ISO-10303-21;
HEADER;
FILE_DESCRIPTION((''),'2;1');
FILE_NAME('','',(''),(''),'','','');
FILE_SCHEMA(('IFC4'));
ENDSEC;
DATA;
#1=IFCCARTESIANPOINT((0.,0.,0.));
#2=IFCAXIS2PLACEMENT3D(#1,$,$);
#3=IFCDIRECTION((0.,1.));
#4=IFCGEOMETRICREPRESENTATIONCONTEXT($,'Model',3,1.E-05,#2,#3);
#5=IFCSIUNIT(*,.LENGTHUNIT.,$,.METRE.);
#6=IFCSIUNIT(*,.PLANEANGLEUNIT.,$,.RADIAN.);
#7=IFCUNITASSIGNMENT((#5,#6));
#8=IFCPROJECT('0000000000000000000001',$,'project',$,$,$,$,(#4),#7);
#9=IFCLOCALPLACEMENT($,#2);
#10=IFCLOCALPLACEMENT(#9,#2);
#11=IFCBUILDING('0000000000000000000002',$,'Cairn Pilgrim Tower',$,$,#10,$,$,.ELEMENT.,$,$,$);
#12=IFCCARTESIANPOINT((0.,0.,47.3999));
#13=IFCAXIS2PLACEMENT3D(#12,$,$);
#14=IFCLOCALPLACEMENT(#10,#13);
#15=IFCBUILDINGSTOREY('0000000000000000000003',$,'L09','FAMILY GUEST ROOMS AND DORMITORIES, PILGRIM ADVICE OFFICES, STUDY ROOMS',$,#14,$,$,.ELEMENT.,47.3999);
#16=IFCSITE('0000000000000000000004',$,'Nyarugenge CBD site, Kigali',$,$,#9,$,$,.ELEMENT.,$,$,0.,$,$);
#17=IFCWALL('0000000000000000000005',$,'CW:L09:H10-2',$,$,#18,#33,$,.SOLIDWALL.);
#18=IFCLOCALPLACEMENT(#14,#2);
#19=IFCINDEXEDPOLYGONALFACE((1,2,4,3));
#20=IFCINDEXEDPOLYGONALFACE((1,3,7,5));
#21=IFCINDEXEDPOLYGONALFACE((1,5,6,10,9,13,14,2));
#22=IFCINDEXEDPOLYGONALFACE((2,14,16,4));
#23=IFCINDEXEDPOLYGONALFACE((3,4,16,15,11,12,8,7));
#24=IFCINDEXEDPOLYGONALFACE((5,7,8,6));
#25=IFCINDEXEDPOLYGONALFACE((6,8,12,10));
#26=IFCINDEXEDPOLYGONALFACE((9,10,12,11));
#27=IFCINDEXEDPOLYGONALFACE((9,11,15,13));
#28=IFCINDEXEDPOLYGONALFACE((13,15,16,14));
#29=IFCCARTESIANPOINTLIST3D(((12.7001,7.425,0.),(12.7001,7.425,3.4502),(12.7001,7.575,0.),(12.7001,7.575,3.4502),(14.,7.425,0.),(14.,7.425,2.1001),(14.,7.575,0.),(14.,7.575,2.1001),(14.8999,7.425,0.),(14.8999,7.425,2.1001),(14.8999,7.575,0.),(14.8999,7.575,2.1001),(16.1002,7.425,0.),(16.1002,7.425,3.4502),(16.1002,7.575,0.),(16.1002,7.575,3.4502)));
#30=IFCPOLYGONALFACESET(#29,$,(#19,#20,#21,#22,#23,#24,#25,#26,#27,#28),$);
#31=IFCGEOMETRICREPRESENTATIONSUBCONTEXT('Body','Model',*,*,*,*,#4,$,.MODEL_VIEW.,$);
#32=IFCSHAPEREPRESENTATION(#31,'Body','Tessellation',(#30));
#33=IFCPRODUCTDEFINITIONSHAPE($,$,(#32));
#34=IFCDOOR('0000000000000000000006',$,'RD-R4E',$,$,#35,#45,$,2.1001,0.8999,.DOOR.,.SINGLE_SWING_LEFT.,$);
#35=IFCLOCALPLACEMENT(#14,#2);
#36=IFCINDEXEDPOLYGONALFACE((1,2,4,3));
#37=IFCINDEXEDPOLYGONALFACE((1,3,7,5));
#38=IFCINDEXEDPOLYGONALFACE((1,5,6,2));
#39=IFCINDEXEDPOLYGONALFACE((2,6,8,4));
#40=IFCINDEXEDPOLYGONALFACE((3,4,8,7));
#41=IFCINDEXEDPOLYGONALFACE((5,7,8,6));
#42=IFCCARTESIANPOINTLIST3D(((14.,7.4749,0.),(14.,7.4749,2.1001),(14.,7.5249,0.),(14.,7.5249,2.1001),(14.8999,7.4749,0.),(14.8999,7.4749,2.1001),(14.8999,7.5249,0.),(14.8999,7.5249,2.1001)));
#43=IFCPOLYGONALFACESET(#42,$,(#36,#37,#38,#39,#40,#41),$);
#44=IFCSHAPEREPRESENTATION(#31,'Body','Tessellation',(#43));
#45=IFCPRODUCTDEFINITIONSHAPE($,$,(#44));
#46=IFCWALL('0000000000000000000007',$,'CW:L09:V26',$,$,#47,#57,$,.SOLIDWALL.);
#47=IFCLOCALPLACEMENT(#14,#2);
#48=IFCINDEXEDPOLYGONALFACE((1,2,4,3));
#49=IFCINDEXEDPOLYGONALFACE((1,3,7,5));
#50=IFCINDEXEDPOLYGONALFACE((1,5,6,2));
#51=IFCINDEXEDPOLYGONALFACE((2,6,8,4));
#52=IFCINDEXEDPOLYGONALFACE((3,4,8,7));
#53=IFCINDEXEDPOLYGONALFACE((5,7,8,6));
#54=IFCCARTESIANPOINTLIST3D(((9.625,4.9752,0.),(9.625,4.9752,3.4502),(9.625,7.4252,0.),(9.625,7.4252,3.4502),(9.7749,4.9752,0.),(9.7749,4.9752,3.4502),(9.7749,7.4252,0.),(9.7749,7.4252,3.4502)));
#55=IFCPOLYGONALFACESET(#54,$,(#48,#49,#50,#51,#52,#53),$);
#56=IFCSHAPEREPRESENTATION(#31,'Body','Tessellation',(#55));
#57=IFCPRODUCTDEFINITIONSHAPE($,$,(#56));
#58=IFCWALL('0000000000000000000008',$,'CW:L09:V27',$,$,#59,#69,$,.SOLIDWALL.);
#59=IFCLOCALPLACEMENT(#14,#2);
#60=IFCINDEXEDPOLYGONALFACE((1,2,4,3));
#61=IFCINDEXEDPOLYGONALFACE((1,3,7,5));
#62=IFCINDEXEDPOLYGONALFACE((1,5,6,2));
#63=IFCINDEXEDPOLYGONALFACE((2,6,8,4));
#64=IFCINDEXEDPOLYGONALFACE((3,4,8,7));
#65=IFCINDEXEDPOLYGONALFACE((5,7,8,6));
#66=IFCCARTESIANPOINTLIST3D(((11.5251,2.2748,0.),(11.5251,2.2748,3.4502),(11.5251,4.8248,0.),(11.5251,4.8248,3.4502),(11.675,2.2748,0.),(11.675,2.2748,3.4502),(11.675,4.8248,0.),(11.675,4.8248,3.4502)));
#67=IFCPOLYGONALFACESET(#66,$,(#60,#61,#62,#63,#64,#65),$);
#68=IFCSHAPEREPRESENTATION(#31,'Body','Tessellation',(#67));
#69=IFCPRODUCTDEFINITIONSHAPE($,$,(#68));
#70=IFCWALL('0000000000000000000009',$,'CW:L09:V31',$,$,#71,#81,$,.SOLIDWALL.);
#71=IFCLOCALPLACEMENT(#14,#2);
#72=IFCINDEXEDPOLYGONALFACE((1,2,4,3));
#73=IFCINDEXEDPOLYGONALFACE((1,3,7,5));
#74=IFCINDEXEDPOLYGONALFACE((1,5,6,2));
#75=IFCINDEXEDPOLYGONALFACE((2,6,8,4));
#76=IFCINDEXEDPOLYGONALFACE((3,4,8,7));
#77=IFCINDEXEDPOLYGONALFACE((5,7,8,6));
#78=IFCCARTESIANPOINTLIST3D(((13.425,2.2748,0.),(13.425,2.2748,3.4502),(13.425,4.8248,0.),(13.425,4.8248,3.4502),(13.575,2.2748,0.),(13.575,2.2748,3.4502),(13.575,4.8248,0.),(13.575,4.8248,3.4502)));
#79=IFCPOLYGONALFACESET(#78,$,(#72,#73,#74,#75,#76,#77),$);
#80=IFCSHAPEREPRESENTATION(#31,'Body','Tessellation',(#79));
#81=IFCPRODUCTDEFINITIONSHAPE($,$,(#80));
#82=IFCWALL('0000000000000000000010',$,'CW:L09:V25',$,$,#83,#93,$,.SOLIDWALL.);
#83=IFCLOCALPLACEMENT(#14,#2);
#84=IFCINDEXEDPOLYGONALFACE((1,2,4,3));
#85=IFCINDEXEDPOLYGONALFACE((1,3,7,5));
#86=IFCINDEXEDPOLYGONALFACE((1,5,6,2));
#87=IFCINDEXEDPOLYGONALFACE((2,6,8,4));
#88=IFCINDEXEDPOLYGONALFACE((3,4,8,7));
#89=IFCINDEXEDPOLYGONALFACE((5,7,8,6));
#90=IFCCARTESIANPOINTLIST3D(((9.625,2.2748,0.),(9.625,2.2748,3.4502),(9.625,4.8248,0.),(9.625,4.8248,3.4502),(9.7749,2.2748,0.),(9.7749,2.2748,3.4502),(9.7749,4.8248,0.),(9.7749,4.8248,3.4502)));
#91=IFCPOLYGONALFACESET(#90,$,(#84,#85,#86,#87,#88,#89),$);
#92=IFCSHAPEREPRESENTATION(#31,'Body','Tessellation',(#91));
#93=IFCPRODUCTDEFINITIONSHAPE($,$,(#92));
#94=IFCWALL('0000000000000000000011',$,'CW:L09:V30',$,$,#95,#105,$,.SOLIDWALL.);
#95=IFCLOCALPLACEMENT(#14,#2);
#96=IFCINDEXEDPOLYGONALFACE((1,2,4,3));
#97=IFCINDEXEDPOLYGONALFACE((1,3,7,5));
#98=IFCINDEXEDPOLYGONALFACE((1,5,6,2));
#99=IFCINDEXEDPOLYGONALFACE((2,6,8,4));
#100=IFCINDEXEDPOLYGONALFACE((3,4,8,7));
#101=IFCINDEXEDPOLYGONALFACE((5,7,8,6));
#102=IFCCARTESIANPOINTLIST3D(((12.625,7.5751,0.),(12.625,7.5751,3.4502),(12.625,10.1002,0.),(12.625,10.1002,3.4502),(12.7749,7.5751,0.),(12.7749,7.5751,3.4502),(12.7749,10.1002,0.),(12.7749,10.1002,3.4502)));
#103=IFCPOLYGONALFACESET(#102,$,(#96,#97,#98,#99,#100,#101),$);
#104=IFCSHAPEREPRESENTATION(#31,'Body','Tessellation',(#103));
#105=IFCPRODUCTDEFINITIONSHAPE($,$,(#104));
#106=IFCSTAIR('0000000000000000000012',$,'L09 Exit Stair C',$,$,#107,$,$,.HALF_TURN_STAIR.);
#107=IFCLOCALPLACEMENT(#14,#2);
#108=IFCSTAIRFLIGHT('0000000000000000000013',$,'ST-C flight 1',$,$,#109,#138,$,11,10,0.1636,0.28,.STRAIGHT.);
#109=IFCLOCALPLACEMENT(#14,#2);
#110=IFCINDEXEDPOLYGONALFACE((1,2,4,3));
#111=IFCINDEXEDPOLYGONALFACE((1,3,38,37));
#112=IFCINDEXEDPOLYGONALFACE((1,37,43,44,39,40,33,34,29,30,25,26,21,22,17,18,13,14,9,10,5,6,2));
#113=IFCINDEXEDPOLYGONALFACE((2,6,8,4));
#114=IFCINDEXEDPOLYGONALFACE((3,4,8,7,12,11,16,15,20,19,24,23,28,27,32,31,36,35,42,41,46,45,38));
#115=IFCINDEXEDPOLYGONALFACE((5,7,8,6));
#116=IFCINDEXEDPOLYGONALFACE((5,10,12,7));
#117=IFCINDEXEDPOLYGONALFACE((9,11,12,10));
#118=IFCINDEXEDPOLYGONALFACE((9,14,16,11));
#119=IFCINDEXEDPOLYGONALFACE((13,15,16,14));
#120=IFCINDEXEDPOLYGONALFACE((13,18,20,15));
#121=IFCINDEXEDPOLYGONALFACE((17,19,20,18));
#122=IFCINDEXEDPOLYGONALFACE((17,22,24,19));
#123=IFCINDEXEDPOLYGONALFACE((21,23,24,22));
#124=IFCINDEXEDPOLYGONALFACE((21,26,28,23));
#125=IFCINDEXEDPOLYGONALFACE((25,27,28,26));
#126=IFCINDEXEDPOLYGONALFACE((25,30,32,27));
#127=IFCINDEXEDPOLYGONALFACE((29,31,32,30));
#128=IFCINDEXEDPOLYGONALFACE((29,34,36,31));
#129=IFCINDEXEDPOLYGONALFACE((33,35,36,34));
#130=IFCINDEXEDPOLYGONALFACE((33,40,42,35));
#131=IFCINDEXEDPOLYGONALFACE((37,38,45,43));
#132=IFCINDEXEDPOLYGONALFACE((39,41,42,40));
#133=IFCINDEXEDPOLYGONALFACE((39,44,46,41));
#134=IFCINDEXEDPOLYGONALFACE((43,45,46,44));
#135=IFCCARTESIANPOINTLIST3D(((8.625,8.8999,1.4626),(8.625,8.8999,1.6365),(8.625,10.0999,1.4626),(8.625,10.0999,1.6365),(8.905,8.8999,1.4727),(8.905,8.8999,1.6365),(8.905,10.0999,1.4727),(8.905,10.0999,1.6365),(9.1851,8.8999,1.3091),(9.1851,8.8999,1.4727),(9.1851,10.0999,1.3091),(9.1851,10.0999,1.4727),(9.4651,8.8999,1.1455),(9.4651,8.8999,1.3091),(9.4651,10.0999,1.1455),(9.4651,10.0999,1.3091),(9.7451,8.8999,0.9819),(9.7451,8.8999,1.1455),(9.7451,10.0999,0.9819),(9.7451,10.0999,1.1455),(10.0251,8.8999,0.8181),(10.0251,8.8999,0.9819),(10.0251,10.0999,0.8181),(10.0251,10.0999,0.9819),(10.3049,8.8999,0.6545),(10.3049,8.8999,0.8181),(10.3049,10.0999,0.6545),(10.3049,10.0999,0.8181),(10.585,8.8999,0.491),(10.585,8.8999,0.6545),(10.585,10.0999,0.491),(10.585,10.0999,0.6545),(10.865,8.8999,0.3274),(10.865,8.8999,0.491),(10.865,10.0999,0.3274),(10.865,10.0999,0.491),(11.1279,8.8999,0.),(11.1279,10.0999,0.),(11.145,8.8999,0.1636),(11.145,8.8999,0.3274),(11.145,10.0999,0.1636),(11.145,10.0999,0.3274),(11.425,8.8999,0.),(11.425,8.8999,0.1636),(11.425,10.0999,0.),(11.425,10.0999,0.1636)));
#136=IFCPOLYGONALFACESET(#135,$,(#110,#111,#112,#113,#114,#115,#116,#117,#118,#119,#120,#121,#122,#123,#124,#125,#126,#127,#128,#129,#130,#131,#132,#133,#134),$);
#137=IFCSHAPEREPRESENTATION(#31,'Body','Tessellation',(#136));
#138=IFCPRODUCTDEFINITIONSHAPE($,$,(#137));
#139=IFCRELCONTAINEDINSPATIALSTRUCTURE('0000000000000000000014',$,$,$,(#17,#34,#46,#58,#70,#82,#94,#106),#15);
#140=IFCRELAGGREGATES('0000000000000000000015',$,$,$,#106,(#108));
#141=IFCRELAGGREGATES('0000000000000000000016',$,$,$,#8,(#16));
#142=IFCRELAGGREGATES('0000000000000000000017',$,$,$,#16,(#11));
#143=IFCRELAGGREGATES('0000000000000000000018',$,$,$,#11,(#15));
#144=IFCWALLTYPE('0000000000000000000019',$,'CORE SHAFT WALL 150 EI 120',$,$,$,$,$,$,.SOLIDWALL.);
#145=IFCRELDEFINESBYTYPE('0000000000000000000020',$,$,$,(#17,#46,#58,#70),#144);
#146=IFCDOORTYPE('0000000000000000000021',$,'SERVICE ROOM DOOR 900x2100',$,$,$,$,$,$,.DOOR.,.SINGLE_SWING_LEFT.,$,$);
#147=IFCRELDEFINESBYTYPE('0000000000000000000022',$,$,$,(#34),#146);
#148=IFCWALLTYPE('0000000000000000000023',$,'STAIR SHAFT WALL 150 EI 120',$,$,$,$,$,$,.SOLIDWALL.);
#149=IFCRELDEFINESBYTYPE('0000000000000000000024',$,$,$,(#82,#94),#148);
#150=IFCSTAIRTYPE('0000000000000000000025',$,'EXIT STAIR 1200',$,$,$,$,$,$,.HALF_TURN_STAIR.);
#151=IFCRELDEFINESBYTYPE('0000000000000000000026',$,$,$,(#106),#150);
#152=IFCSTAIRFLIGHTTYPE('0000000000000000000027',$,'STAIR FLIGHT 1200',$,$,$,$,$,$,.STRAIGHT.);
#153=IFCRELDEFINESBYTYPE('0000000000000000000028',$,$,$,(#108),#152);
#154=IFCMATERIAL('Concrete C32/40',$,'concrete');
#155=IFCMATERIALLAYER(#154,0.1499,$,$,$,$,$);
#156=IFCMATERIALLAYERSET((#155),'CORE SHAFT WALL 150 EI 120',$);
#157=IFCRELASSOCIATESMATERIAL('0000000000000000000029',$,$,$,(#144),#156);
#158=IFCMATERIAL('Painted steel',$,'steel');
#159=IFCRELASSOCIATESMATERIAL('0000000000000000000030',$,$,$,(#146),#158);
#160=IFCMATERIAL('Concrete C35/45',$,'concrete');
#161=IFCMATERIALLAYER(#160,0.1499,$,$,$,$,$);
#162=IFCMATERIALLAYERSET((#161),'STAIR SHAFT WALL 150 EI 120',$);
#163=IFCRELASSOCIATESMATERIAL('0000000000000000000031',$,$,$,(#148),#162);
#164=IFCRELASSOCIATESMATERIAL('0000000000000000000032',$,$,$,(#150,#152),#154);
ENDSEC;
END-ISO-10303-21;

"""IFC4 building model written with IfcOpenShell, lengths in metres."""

from ifc_helpers import new_model, si_unit, direction, frame, frame_2d, origin, place, context, subcontext, project, spatial, polyline, rectangle, outline, extrude, material, layer, layer_set, type_object, element, fill, aggregate, save


model = new_model("IFC4")

# Units and contexts
model_context = context("Model", 3, precision=1e-05, world=origin(), true_north=direction((0.0, 1.0)))
body_context = subcontext(model_context, "Body", "Model", "MODEL_VIEW")
ifc_project = project(units=[si_unit("LENGTHUNIT", "METRE"), si_unit("PLANEANGLEUNIT", "RADIAN")], contexts=[model_context])

# Site, building, storey
site_placement = place(None, origin())
site = spatial("IfcSite", under=ifc_project, at=site_placement, Name="Nyarugenge CBD site, Kigali", CompositionType="ELEMENT", RefElevation=0.0)
building_placement = place(site_placement, origin())
building = spatial("IfcBuilding", under=site, at=building_placement, Name="Cairn Pilgrim Tower", CompositionType="ELEMENT")
storey_placement = place(building_placement, frame((0.0, 0.0, 47.3999)))
storey = spatial("IfcBuildingStorey", under=building, at=storey_placement, Name="L09", Description="FAMILY GUEST ROOMS AND DORMITORIES, PILGRIM ADVICE OFFICES, STUDY ROOMS", CompositionType="ELEMENT", Elevation=47.3999)

# Shared definitions
ifc_material_1 = material(Name="Concrete C32/40", Category="concrete")
ifc_layer_1 = layer(ifc_material_1, 0.1499)
ifc_layer_set_1 = layer_set([ifc_layer_1], Name="CORE SHAFT WALL 150 EI 120")
wall_type_1 = type_object("IfcWallType", Name="CORE SHAFT WALL 150 EI 120", PredefinedType="SOLIDWALL", material=ifc_layer_set_1)

# Shared definitions
ifc_material_2 = material(Name="Painted steel", Category="steel")
door_type_1 = type_object("IfcDoorType", Name="SERVICE ROOM DOOR 900x2100", OperationType="SINGLE_SWING_LEFT", PredefinedType="DOOR", material=ifc_material_2)

# Wall, opening, door
wall_1_placement = place(storey_placement, frame((12.7, 7.5, 0.0), z_axis=(0.0, 0.0, 1.0), x_axis=(1.0, 0.0, 0.0)))
wall_1 = element("IfcWall", 1, at=wall_1_placement, inside=storey, type_object=wall_type_1, Name="CW:L09:H10-2", PredefinedType="SOLIDWALL", context=body_context, shape_type="SweptSolid", body=[
    extrude(rectangle(XDim=3.4001, YDim=0.1499, at=frame_2d((1.7002, 0.0))), origin(), (0.0, 0.0, 1.0), 3.4502),
])
opening_1_placement = place(wall_1_placement, frame((1.3, 0.0, 0.0)))
opening_1 = element("IfcOpeningElement", 2, at=opening_1_placement, cuts=wall_1, PredefinedType="OPENING", context=body_context, shape_type="SweptSolid", body=[
    extrude(rectangle(XDim=0.8999, YDim=2.1001, at=frame_2d((0.45, 1.05))), frame((0.0, 0.085, 0.0), z_axis=(0.0, -1.0, 0.0), x_axis=(1.0, 0.0, 0.0)), (0.0, 0.0, 1.0), 0.1699),
])
door_1_placement = place(opening_1_placement, origin())
door_1 = element("IfcDoor", 3, at=door_1_placement, inside=storey, type_object=door_type_1, Name="RD-R4E", OperationType="SINGLE_SWING_LEFT", OverallHeight=2.1001, OverallWidth=0.8999, PredefinedType="DOOR", context=body_context, shape_type="SweptSolid", body=[
    extrude(rectangle(XDim=0.8999, YDim=2.1001, at=frame_2d((0.45, 1.05))), frame((0.0, 0.0249, 0.0), z_axis=(0.0, -1.0, 0.0), x_axis=(1.0, 0.0, 0.0)), (0.0, 0.0, 1.0), 0.05),
])
fill(opening_1, door_1)

# Walls
wall_2_placement = place(storey_placement, frame((9.7, 4.9751, 0.0), z_axis=(0.0, 0.0, 1.0), x_axis=(0.0, 1.0, 0.0)))
element("IfcWall", 4, at=wall_2_placement, inside=storey, type_object=wall_type_1, Name="CW:L09:V26", PredefinedType="SOLIDWALL", context=body_context, shape_type="SweptSolid", body=[
    extrude(rectangle(XDim=2.45, YDim=0.1499, at=frame_2d((1.2251, 0.0))), origin(), (0.0, 0.0, 1.0), 3.4502),
])
for number, where, z_axis, x_axis, name in (
    (5, (11.6001, 2.2749, 0.0), (0.0, 0.0, 1.0), (0.0, 1.0, 0.0), "CW:L09:V27"),
    (6, (13.5, 2.2749, 0.0), (0.0, 0.0, 1.0), (0.0, 1.0, 0.0), "CW:L09:V31"),
):
    element("IfcWall", number, at=place(storey_placement, frame(where, z_axis=z_axis, x_axis=x_axis)), inside=storey, type_object=wall_type_1, Name=name, PredefinedType="SOLIDWALL", context=body_context, shape_type="SweptSolid", body=[
        extrude(rectangle(XDim=2.55, YDim=0.1499, at=frame_2d((1.2749, 0.0))), origin(), (0.0, 0.0, 1.0), 3.4502),
    ])
ifc_material_3 = material(Name="Concrete C35/45", Category="concrete")
ifc_layer_2 = layer(ifc_material_3, 0.1499)
ifc_layer_set_2 = layer_set([ifc_layer_2], Name="STAIR SHAFT WALL 150 EI 120")
wall_type_2 = type_object("IfcWallType", Name="STAIR SHAFT WALL 150 EI 120", PredefinedType="SOLIDWALL", material=ifc_layer_set_2)
wall_3_placement = place(storey_placement, frame((9.7, 2.2749, 0.0), z_axis=(0.0, 0.0, 1.0), x_axis=(0.0, 1.0, 0.0)))
element("IfcWall", 7, at=wall_3_placement, inside=storey, type_object=wall_type_2, Name="CW:L09:V25", PredefinedType="SOLIDWALL", context=body_context, shape_type="SweptSolid", body=[
    extrude(rectangle(XDim=2.55, YDim=0.1499, at=frame_2d((1.2749, 0.0))), origin(), (0.0, 0.0, 1.0), 3.4502),
])
wall_4_placement = place(storey_placement, frame((12.7, 7.575, 0.0), z_axis=(0.0, 0.0, 1.0), x_axis=(0.0, 1.0, 0.0)))
element("IfcWall", 8, at=wall_4_placement, inside=storey, type_object=wall_type_2, Name="CW:L09:V30", PredefinedType="SOLIDWALL", context=body_context, shape_type="SweptSolid", body=[
    extrude(rectangle(XDim=2.5251, YDim=0.1499, at=frame_2d((1.2627, 0.0))), origin(), (0.0, 0.0, 1.0), 3.4502),
])

# Stair, stair flight
stair_type = type_object("IfcStairType", Name="EXIT STAIR 1200", PredefinedType="HALF_TURN_STAIR", material=ifc_material_1)
stair_placement = place(storey_placement, origin())
stair = element("IfcStair", 9, at=stair_placement, inside=storey, type_object=stair_type, Name="L09 Exit Stair C", PredefinedType="HALF_TURN_STAIR")
stair_flight_type = type_object("IfcStairFlightType", Name="STAIR FLIGHT 1200", PredefinedType="STRAIGHT", material=ifc_material_1)
stair_flight_placement = place(storey_placement, frame((11.425, 9.5, 0.0), z_axis=(0.0, 0.0, 1.0), x_axis=(-1.0, 0.0, 0.0)))
stair_flight = element("IfcStairFlight", 10, at=stair_flight_placement, type_object=stair_flight_type, Name="ST-C flight 1", NumberOfRisers=11, NumberOfTreads=10, PredefinedType="STRAIGHT", RiserHeight=0.1636, TreadLength=0.28, context=body_context, shape_type="SweptSolid", body=[
    extrude(outline(polyline([(0.0, 0.0), (0.0, 0.1636), (0.28, 0.1636), (0.28, 0.3274), (0.5601, 0.3274), (0.5601, 0.491), (0.8401, 0.491), (0.8401, 0.6545), (1.1201, 0.6545), (1.1201, 0.8181), (1.3999, 0.8181), (1.3999, 0.9819), (1.6799, 0.9819), (1.6799, 1.1455), (1.96, 1.1455), (1.96, 1.3091), (2.24, 1.3091), (2.24, 1.4727), (2.52, 1.4727), (2.52, 1.6365), (2.8, 1.6365), (2.8, 1.8), (2.8, 1.4626), (0.2971, 0.0), (0.0, 0.0)])), frame((0.0, 0.6001, 0.0), z_axis=(0.0, -1.0, 0.0), x_axis=(1.0, 0.0, 0.0)), (0.0, 0.0, 1.0), 1.2),
])
aggregate(stair, [stair_flight])

save(model, "model.ifc")
